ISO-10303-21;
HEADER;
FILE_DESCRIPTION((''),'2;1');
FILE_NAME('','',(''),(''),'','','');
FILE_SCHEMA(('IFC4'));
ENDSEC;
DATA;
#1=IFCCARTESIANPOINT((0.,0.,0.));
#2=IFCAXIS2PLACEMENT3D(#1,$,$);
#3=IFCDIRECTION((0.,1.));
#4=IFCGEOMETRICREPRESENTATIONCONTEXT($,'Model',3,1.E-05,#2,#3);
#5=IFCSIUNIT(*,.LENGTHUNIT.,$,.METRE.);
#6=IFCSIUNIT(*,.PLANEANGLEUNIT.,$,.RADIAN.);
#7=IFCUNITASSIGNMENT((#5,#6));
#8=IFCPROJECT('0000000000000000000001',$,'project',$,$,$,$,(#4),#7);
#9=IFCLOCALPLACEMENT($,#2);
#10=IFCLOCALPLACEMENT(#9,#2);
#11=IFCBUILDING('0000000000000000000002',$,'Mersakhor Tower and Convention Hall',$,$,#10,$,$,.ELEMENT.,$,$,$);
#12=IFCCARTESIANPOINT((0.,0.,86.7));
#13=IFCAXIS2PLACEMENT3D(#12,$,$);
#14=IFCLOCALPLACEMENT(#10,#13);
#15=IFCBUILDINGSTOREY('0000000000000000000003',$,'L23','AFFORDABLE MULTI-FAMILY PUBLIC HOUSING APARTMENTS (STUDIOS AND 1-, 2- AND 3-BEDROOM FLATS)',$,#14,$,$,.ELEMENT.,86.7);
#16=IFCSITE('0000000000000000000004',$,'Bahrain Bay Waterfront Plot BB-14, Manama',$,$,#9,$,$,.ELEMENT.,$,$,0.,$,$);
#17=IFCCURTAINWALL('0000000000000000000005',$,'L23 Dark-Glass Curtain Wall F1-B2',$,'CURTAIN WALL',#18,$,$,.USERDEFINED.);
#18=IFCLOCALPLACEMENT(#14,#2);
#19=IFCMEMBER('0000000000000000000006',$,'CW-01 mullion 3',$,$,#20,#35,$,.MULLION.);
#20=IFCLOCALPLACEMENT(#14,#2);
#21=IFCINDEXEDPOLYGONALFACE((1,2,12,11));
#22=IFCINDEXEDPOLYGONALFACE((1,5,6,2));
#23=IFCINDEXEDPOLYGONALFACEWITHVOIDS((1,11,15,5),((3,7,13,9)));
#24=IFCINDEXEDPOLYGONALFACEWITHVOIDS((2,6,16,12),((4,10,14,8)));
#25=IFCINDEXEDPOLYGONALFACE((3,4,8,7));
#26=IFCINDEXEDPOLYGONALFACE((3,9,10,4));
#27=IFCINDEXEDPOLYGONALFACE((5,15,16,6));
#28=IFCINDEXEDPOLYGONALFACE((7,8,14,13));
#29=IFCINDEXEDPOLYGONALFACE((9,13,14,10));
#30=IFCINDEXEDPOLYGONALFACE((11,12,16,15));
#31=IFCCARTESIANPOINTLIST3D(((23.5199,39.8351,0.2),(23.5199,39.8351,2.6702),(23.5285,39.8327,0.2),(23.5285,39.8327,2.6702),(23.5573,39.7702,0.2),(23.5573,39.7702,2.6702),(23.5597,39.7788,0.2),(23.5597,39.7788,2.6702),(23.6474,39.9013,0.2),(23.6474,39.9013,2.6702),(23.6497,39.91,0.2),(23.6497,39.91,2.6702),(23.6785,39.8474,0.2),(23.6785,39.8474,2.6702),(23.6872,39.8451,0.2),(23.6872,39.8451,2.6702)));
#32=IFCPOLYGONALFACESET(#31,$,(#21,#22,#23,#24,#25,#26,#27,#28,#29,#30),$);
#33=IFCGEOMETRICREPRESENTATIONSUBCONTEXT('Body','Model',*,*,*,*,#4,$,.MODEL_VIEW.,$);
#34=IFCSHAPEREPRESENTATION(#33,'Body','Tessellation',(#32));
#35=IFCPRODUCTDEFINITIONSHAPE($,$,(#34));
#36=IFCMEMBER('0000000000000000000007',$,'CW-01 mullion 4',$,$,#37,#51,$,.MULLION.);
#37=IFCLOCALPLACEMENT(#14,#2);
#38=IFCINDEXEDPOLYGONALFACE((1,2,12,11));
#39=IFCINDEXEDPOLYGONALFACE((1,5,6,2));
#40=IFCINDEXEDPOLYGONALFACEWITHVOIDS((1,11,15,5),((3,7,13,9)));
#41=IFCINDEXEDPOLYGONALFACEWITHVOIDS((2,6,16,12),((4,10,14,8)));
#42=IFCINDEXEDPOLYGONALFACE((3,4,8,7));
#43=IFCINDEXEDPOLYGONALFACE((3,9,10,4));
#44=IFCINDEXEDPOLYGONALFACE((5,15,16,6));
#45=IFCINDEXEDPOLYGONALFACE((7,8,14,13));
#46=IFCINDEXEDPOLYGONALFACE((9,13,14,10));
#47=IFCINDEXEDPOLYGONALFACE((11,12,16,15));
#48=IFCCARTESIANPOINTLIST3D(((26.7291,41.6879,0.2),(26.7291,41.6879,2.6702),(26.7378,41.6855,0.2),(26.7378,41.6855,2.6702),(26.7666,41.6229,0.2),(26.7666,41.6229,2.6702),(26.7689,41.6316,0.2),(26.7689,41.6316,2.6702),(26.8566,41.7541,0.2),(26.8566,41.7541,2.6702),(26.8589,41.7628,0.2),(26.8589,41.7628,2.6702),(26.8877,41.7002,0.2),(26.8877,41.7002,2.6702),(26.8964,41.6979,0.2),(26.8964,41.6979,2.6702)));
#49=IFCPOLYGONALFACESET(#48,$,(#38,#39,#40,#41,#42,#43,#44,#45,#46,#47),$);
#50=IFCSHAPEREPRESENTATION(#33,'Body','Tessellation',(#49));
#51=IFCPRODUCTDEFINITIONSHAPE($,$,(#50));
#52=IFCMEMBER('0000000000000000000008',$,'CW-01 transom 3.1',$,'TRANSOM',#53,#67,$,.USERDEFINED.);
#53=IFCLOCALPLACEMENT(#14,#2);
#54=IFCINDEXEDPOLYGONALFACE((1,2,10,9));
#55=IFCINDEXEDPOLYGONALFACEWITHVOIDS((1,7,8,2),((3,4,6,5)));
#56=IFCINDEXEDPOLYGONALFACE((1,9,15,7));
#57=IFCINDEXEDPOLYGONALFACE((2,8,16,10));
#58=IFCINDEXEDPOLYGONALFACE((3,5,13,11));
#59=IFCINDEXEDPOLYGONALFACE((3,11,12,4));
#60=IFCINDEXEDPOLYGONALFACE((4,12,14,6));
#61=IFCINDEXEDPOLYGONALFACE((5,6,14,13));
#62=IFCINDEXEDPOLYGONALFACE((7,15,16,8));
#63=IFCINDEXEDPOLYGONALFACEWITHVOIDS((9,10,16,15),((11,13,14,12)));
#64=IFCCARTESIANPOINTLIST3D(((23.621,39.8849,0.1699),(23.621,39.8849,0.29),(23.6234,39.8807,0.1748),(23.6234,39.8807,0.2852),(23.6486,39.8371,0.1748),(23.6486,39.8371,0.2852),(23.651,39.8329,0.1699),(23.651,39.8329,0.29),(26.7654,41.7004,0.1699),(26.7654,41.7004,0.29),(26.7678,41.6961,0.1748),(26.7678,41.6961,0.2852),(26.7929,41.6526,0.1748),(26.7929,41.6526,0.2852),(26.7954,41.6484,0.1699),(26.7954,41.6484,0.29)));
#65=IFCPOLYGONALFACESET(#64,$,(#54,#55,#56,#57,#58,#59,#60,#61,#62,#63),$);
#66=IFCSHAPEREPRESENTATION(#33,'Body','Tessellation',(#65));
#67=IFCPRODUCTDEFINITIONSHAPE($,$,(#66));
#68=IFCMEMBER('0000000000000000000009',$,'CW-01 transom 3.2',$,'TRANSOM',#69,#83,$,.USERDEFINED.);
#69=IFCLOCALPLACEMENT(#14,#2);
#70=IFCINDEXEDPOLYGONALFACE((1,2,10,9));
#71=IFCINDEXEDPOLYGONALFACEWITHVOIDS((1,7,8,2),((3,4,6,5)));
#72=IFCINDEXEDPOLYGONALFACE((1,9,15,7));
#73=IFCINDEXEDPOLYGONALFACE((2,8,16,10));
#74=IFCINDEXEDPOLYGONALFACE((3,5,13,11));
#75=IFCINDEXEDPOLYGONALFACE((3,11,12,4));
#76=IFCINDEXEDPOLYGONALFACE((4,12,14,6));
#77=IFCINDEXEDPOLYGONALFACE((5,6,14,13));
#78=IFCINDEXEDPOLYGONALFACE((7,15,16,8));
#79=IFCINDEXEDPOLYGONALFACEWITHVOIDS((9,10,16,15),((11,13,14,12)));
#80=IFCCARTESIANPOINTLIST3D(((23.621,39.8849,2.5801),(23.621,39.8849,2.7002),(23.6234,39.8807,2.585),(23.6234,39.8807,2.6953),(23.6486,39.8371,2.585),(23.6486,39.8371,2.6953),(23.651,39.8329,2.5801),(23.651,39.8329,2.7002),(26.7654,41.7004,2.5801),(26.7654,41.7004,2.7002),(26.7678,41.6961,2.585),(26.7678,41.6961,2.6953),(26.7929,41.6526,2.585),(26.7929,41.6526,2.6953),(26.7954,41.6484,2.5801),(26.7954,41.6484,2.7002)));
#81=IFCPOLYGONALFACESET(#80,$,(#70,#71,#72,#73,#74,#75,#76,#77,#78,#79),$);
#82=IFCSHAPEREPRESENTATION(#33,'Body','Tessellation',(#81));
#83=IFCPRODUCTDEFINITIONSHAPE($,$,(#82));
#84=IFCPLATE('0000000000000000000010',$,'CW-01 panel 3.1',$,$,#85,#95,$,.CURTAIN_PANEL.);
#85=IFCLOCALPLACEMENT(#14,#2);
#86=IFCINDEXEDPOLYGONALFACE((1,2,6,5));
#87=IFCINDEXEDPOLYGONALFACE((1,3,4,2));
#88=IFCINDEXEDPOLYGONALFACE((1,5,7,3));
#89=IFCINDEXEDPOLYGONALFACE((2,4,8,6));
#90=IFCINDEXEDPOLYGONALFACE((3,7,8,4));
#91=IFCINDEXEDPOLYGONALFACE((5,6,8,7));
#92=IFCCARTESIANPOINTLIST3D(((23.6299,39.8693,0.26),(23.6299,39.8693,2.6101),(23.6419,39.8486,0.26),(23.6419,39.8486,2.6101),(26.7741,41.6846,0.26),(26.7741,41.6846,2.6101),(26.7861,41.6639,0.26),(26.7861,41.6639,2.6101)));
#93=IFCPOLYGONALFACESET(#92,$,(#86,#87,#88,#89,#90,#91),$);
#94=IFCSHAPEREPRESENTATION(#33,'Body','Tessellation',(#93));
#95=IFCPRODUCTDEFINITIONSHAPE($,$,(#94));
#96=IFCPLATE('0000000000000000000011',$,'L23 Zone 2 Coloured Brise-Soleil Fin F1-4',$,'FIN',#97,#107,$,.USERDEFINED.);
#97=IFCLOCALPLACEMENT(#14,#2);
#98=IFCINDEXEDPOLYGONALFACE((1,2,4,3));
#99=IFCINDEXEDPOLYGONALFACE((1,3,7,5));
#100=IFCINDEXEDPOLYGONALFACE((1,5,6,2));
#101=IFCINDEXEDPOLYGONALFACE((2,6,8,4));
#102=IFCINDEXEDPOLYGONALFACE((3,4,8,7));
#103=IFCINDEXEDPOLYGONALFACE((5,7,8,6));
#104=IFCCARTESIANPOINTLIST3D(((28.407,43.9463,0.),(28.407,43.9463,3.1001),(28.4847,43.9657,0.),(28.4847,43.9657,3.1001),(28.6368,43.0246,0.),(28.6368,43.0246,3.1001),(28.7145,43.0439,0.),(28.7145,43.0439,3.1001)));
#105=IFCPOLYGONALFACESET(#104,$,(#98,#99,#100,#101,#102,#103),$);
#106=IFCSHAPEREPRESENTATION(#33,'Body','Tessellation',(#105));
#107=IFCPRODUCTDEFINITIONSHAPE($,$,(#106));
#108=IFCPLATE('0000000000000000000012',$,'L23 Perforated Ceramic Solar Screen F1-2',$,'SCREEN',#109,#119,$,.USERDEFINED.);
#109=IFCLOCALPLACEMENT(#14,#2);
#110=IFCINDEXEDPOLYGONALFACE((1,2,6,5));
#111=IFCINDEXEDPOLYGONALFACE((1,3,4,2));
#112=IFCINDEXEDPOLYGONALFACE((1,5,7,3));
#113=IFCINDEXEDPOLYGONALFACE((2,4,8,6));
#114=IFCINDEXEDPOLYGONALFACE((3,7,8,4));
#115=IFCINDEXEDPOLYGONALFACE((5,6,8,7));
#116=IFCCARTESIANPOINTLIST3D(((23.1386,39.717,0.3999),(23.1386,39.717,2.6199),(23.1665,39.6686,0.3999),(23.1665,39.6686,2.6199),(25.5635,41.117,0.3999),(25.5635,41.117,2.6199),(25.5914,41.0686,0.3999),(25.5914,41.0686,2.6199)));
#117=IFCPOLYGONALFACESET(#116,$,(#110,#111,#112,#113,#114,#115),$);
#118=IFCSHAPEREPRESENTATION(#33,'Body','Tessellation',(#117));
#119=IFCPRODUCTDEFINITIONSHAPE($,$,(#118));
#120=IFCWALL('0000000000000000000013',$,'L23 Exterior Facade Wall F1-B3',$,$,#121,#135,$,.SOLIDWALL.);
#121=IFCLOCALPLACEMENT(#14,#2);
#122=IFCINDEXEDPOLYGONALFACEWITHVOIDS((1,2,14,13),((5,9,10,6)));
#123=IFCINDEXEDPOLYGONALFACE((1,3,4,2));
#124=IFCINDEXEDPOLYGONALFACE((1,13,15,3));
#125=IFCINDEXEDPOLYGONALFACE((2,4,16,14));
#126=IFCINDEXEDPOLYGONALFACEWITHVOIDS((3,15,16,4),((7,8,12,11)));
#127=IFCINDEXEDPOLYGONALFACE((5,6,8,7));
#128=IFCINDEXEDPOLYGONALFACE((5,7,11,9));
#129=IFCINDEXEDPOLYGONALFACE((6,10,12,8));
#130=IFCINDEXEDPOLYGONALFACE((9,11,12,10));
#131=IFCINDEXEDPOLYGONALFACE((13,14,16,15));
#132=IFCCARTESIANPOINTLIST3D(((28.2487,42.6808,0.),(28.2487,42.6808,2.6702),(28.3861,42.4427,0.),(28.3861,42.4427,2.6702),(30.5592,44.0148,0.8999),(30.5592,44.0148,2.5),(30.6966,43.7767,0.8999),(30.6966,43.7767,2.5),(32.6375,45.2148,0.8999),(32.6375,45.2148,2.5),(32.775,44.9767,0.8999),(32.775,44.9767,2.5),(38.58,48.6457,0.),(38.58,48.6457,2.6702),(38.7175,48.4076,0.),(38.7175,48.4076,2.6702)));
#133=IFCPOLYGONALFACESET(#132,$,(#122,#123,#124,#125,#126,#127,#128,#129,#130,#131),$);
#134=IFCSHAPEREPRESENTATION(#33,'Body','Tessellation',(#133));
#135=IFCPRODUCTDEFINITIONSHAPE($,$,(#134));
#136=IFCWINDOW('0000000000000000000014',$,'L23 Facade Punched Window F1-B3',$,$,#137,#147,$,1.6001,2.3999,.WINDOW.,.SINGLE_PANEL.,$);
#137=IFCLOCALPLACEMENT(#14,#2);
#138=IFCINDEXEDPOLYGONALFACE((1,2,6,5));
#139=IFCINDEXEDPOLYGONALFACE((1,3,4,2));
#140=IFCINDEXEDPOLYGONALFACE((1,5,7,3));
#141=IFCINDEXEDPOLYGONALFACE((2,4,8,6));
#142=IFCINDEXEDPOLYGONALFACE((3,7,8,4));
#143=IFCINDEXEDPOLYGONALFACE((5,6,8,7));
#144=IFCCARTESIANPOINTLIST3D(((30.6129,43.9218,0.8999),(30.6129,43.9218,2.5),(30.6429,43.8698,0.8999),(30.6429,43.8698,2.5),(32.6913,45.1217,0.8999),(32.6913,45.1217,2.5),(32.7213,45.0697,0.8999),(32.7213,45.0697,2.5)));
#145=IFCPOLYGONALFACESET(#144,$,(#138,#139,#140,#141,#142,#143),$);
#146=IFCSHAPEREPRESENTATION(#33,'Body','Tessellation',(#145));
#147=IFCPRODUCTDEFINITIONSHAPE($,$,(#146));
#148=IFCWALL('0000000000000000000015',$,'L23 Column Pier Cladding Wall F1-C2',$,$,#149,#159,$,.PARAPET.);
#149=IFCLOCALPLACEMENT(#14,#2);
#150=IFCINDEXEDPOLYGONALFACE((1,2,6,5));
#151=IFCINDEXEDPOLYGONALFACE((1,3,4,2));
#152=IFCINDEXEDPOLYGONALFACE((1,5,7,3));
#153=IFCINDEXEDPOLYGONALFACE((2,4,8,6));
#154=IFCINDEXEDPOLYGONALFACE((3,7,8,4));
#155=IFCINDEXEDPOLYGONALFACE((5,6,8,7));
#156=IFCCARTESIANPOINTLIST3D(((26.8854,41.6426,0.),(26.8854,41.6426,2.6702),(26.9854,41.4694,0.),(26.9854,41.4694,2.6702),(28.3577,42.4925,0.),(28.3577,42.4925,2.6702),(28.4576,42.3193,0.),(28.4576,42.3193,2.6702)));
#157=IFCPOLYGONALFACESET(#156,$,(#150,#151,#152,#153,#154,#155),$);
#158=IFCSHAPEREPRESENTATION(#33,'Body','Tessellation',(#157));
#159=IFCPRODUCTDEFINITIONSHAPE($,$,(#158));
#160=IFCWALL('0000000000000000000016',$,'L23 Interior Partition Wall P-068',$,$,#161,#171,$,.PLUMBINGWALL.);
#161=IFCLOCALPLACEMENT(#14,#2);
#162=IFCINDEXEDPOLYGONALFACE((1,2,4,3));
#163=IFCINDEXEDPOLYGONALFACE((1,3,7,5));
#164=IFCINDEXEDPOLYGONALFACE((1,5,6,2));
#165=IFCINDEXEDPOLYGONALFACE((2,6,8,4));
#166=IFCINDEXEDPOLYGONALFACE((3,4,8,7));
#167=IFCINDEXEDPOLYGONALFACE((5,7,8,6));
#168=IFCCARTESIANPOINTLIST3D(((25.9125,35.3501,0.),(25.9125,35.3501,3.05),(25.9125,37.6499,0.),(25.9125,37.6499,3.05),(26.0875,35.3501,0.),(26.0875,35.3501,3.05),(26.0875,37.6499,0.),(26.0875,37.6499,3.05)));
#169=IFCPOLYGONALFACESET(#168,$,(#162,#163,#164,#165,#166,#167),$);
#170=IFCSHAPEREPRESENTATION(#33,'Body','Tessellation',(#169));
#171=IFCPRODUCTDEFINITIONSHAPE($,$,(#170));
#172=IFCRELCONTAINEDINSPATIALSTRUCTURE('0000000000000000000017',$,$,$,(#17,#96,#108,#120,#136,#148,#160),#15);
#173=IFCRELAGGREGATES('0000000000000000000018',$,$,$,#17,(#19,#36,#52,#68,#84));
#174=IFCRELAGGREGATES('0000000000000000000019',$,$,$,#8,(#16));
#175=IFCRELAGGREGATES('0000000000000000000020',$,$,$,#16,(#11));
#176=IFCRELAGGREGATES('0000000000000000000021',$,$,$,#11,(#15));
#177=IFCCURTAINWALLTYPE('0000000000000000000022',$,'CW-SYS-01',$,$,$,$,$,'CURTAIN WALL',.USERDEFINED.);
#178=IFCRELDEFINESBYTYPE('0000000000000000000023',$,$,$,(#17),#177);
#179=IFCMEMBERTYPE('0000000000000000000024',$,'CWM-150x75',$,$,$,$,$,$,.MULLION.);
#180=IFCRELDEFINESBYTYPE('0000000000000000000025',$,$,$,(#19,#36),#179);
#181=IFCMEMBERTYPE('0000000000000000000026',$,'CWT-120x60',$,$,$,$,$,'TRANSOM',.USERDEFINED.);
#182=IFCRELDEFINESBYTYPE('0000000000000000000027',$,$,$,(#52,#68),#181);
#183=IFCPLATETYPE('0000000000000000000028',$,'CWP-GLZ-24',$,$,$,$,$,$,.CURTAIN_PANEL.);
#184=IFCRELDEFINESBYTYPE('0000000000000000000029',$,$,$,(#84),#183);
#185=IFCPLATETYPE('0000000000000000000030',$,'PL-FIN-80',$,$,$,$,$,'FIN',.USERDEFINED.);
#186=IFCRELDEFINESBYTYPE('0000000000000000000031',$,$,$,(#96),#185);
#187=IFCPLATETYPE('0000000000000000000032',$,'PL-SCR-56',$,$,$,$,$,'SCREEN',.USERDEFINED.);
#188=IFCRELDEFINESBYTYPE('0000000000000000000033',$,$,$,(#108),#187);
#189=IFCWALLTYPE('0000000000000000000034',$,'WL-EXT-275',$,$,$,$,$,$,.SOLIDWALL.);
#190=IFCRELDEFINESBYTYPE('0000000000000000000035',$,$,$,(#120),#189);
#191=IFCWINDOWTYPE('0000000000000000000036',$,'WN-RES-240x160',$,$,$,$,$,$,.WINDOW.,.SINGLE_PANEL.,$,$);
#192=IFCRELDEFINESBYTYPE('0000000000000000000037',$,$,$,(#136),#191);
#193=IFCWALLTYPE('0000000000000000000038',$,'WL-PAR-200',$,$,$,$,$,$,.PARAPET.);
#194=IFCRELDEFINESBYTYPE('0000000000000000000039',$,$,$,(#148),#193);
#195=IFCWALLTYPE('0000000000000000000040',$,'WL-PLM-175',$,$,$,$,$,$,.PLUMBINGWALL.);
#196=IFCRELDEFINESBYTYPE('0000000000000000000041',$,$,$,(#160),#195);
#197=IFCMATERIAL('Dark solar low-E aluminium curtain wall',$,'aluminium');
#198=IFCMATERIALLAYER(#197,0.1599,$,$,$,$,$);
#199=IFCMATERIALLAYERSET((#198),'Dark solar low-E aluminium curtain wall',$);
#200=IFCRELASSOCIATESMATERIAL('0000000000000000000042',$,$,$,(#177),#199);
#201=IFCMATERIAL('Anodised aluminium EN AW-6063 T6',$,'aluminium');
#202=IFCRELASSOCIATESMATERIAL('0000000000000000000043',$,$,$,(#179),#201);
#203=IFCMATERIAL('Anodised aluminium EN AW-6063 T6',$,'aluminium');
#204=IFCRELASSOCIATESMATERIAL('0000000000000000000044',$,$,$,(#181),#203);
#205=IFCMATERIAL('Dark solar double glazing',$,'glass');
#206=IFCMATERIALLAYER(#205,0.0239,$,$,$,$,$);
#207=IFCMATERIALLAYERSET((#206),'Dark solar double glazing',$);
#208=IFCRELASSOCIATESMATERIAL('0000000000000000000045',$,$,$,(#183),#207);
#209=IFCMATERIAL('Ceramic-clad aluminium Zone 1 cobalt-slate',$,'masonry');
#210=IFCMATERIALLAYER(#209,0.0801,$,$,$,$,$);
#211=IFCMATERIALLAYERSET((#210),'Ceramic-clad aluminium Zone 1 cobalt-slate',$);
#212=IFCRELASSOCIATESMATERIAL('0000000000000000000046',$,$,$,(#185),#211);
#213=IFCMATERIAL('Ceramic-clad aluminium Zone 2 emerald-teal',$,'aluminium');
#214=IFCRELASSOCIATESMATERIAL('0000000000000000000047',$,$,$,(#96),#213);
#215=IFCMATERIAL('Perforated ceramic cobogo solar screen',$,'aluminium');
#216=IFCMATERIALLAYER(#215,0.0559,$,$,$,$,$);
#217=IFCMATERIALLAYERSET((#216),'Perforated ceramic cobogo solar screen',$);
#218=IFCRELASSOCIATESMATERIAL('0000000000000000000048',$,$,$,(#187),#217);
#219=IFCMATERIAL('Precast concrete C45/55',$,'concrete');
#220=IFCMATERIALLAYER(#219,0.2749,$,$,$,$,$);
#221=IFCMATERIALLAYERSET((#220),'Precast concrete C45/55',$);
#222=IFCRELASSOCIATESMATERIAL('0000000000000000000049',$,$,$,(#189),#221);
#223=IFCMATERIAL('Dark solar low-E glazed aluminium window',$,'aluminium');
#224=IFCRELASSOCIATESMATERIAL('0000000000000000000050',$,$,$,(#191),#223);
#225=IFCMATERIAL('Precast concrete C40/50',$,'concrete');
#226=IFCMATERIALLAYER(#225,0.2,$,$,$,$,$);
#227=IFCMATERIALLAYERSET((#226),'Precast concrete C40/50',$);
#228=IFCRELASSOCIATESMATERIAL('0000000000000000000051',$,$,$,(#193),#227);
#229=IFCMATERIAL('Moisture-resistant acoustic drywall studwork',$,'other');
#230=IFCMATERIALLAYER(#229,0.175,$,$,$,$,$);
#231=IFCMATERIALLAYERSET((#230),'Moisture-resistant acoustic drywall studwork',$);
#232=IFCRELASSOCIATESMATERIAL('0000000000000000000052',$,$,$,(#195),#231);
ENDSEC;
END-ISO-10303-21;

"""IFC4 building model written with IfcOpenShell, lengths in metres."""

from ifc_helpers import new_model, si_unit, direction, frame, frame_2d, origin, origin_2d, place, context, subcontext, project, spatial, rectangle, hollow_rectangle, extrude, material, layer, layer_set, material_profile, profile_set, type_object, element, fill, aggregate, save


model = new_model("IFC4")

# Units and contexts
model_context = context("Model", 3, precision=1e-05, world=origin(), true_north=direction((0.0, 1.0)))
body_context = subcontext(model_context, "Body", "Model", "MODEL_VIEW")
ifc_project = project(units=[si_unit("LENGTHUNIT", "METRE"), si_unit("PLANEANGLEUNIT", "RADIAN")], contexts=[model_context])

# Site, building, storey
site_placement = place(None, origin())
site = spatial("IfcSite", under=ifc_project, at=site_placement, Name="Bahrain Bay Waterfront Plot BB-14, Manama", CompositionType="ELEMENT", RefElevation=0.0)
building_placement = place(site_placement, origin())
building = spatial("IfcBuilding", under=site, at=building_placement, Name="Mersakhor Tower and Convention Hall", CompositionType="ELEMENT")
storey_placement = place(building_placement, frame((0.0, 0.0, 86.7)))
storey = spatial("IfcBuildingStorey", under=building, at=storey_placement, Name="L23", Description="AFFORDABLE MULTI-FAMILY PUBLIC HOUSING APARTMENTS (STUDIOS AND 1-, 2- AND 3-BEDROOM FLATS)", CompositionType="ELEMENT", Elevation=86.7)

# Curtain wall, members, plate
ifc_material_1 = material(Name="Dark solar low-E aluminium curtain wall", Category="aluminium")
ifc_layer_1 = layer(ifc_material_1, 0.1599)
ifc_layer_set_1 = layer_set([ifc_layer_1], Name="Dark solar low-E aluminium curtain wall")
curtain_wall_type = type_object("IfcCurtainWallType", Name="CW-SYS-01", ElementType="CURTAIN WALL", PredefinedType="USERDEFINED", material=ifc_layer_set_1)
curtain_wall_placement = place(storey_placement, origin())
curtain_wall = element("IfcCurtainWall", 1, at=curtain_wall_placement, inside=storey, type_object=curtain_wall_type, Name="L23 Dark-Glass Curtain Wall F1-B2", ObjectType="CURTAIN WALL", PredefinedType="USERDEFINED")
ifc_material_2 = material(Name="Anodised aluminium EN AW-6063 T6", Category="aluminium")
ifc_material_profile_1 = material_profile(ifc_material_2, hollow_rectangle(XDim=0.075, YDim=0.1499, WallThickness=0.0063, at=origin_2d()), Name="RHS 150x75x6.3")
ifc_profile_set_1 = profile_set([ifc_material_profile_1], Name="Anodised aluminium EN AW-6063 T6")
member_type_1 = type_object("IfcMemberType", Name="CWM-150x75", PredefinedType="MULLION", material=ifc_profile_set_1)
member_1_placement = place(storey_placement, frame((23.6035, 39.8401, 0.2), z_axis=(0.0, 0.0, 1.0), x_axis=(-0.499998, 0.866027, 0.0)))
member_1 = element("IfcMember", 2, at=member_1_placement, type_object=member_type_1, Name="CW-01 mullion 3", PredefinedType="MULLION", context=body_context, shape_type="SweptSolid", body=[
    extrude(hollow_rectangle(XDim=0.075, YDim=0.1499, WallThickness=0.0063, at=origin_2d()), origin(), (0.0, 0.0, 1.0), 2.4702),
])
member_2_placement = place(storey_placement, frame((26.8127, 41.6929, 0.2), z_axis=(0.0, 0.0, 1.0), x_axis=(-0.499998, 0.866027, 0.0)))
member_2 = element("IfcMember", 3, at=member_2_placement, type_object=member_type_1, Name="CW-01 mullion 4", PredefinedType="MULLION", context=body_context, shape_type="SweptSolid", body=[
    extrude(hollow_rectangle(XDim=0.075, YDim=0.1499, WallThickness=0.0063, at=origin_2d()), origin(), (0.0, 0.0, 1.0), 2.4702),
])
ifc_material_3 = material(Name="Anodised aluminium EN AW-6063 T6", Category="aluminium")
ifc_material_profile_2 = material_profile(ifc_material_3, hollow_rectangle(XDim=0.0601, YDim=0.1201, WallThickness=0.0049, at=origin_2d()), Name="RHS 120x60x5")
ifc_profile_set_2 = profile_set([ifc_material_profile_2], Name="Anodised aluminium EN AW-6063 T6")
member_type_2 = type_object("IfcMemberType", Name="CWT-120x60", ElementType="TRANSOM", PredefinedType="USERDEFINED", material=ifc_profile_set_2)
member_3_placement = place(storey_placement, frame((23.636, 39.8589, 0.23), z_axis=(0.866016, 0.500015, 0.0), x_axis=(-0.500015, 0.866016, 0.0)))
member_3 = element("IfcMember", 4, at=member_3_placement, type_object=member_type_2, Name="CW-01 transom 3.1", ObjectType="TRANSOM", PredefinedType="USERDEFINED", context=body_context, shape_type="SweptSolid", body=[
    extrude(hollow_rectangle(XDim=0.0601, YDim=0.1201, WallThickness=0.0049, at=origin_2d()), origin(), (0.0, 0.0, 1.0), 3.6309),
])
member_4_placement = place(storey_placement, frame((23.636, 39.8589, 2.6401), z_axis=(0.866016, 0.500015, 0.0), x_axis=(-0.500015, 0.866016, 0.0)))
member_4 = element("IfcMember", 5, at=member_4_placement, type_object=member_type_2, Name="CW-01 transom 3.2", ObjectType="TRANSOM", PredefinedType="USERDEFINED", context=body_context, shape_type="SweptSolid", body=[
    extrude(hollow_rectangle(XDim=0.0601, YDim=0.1201, WallThickness=0.0049, at=origin_2d()), origin(), (0.0, 0.0, 1.0), 3.6309),
])
ifc_material_4 = material(Name="Dark solar double glazing", Category="glass")
ifc_layer_2 = layer(ifc_material_4, 0.0239)
ifc_layer_set_2 = layer_set([ifc_layer_2], Name="Dark solar double glazing")
plate_type_1 = type_object("IfcPlateType", Name="CWP-GLZ-24", PredefinedType="CURTAIN_PANEL", material=ifc_layer_set_2)
plate_1_placement = place(storey_placement, frame((25.208, 40.7666, 0.26), z_axis=(0.0, 0.0, 1.0), x_axis=(0.866027, 0.499998, 0.0)))
plate_1 = element("IfcPlate", 6, at=plate_1_placement, type_object=plate_type_1, Name="CW-01 panel 3.1", PredefinedType="CURTAIN_PANEL", context=body_context, shape_type="SweptSolid", body=[
    extrude(rectangle(XDim=3.6306, YDim=0.0239, at=origin_2d()), origin(), (0.0, 0.0, 1.0), 2.3501),
])
aggregate(curtain_wall, [member_1, member_2, member_3, member_4, plate_1])

# Plates
ifc_material_5 = material(Name="Ceramic-clad aluminium Zone 2 emerald-teal", Category="aluminium")
ifc_material_6 = material(Name="Ceramic-clad aluminium Zone 1 cobalt-slate", Category="masonry")
ifc_layer_3 = layer(ifc_material_6, 0.0801)
ifc_layer_set_3 = layer_set([ifc_layer_3], Name="Ceramic-clad aluminium Zone 1 cobalt-slate")
plate_type_2 = type_object("IfcPlateType", Name="PL-FIN-80", ElementType="FIN", PredefinedType="USERDEFINED", material=ifc_layer_set_3)
plate_2_placement = place(storey_placement, frame((28.5608, 43.4951, 0.0), z_axis=(0.0, 0.0, 1.0), x_axis=(-0.241922, 0.970296, 0.0)))
element("IfcPlate", 7, at=plate_2_placement, inside=storey, type_object=plate_type_2, material=ifc_material_5, Name="L23 Zone 2 Coloured Brise-Soleil Fin F1-4", ObjectType="FIN", PredefinedType="USERDEFINED", context=body_context, shape_type="SweptSolid", body=[
    extrude(rectangle(XDim=0.95, YDim=0.0801, at=origin_2d()), origin(), (0.0, 0.0, 1.0), 3.1001),
])
ifc_material_7 = material(Name="Perforated ceramic cobogo solar screen", Category="aluminium")
ifc_layer_4 = layer(ifc_material_7, 0.0559)
ifc_layer_set_4 = layer_set([ifc_layer_4], Name="Perforated ceramic cobogo solar screen")
plate_type_3 = type_object("IfcPlateType", Name="PL-SCR-56", ElementType="SCREEN", PredefinedType="USERDEFINED", material=ifc_layer_set_4)
plate_3_placement = place(storey_placement, frame((24.365, 40.3928, 0.3999), z_axis=(0.0, 0.0, 1.0), x_axis=(0.866025, 0.5, 0.0)))
element("IfcPlate", 8, at=plate_3_placement, inside=storey, type_object=plate_type_3, Name="L23 Perforated Ceramic Solar Screen F1-2", ObjectType="SCREEN", PredefinedType="USERDEFINED", context=body_context, shape_type="SweptSolid", body=[
    extrude(rectangle(XDim=2.8, YDim=0.0559, at=origin_2d()), origin(), (0.0, 0.0, 1.0), 2.22),
])

# Wall, opening, window
ifc_material_8 = material(Name="Precast concrete C45/55", Category="concrete")
ifc_layer_5 = layer(ifc_material_8, 0.2749)
ifc_layer_set_5 = layer_set([ifc_layer_5], Name="Precast concrete C45/55")
wall_type_1 = type_object("IfcWallType", Name="WL-EXT-275", PredefinedType="SOLIDWALL", material=ifc_layer_set_5)
wall_1_placement = place(storey_placement, frame((28.3174, 42.5618, 0.0), z_axis=(0.0, 0.0, 1.0), x_axis=(0.866023, 0.500004, 0.0)))
wall_1 = element("IfcWall", 9, at=wall_1_placement, inside=storey, type_object=wall_type_1, Name="L23 Exterior Facade Wall F1-B3", PredefinedType="SOLIDWALL", context=body_context, shape_type="SweptSolid", body=[
    extrude(rectangle(XDim=11.9297, YDim=0.2749, at=frame_2d((5.9648, 0.0))), origin(), (0.0, 0.0, 1.0), 2.6702),
])
opening_1_placement = place(wall_1_placement, frame((2.668, 0.0, 0.8999)))
opening_1 = element("IfcOpeningElement", 10, at=opening_1_placement, cuts=wall_1, PredefinedType="OPENING", context=body_context, shape_type="SweptSolid", body=[
    extrude(rectangle(XDim=2.3999, YDim=1.6001, at=frame_2d((1.2, 0.8))), frame((0.0, 0.1475, 0.0), z_axis=(0.0, -1.0, 0.0), x_axis=(1.0, 0.0, 0.0)), (0.0, 0.0, 1.0), 0.2949),
])
ifc_material_9 = material(Name="Dark solar low-E glazed aluminium window", Category="aluminium")
window_type = type_object("IfcWindowType", Name="WN-RES-240x160", PartitioningType="SINGLE_PANEL", PredefinedType="WINDOW", material=ifc_material_9)
window_placement = place(opening_1_placement, origin())
window = element("IfcWindow", 11, at=window_placement, inside=storey, type_object=window_type, Name="L23 Facade Punched Window F1-B3", OverallHeight=1.6001, OverallWidth=2.3999, PartitioningType="SINGLE_PANEL", PredefinedType="WINDOW", context=body_context, shape_type="SweptSolid", body=[
    extrude(rectangle(XDim=2.3999, YDim=1.6001, at=frame_2d((1.2, 0.8))), frame((0.0, 0.03, 0.0), z_axis=(0.0, -1.0, 0.0), x_axis=(1.0, 0.0, 0.0)), (0.0, 0.0, 1.0), 0.0601),
])
fill(opening_1, window)

# Walls
ifc_material_10 = material(Name="Precast concrete C40/50", Category="concrete")
ifc_layer_6 = layer(ifc_material_10, 0.2)
ifc_layer_set_6 = layer_set([ifc_layer_6], Name="Precast concrete C40/50")
wall_type_2 = type_object("IfcWallType", Name="WL-PAR-200", PredefinedType="PARAPET", material=ifc_layer_set_6)
wall_2_placement = place(storey_placement, frame((26.9353, 41.5559, 0.0), z_axis=(0.0, 0.0, 1.0), x_axis=(0.866052, 0.499955, 0.0)))
element("IfcWall", 12, at=wall_2_placement, inside=storey, type_object=wall_type_2, Name="L23 Column Pier Cladding Wall F1-C2", PredefinedType="PARAPET", context=body_context, shape_type="SweptSolid", body=[
    extrude(rectangle(XDim=1.7, YDim=0.2, at=frame_2d((0.8501, 0.0))), origin(), (0.0, 0.0, 1.0), 2.6702),
])
ifc_material_11 = material(Name="Moisture-resistant acoustic drywall studwork", Category="other")
ifc_layer_7 = layer(ifc_material_11, 0.175)
ifc_layer_set_7 = layer_set([ifc_layer_7], Name="Moisture-resistant acoustic drywall studwork")
wall_type_3 = type_object("IfcWallType", Name="WL-PLM-175", PredefinedType="PLUMBINGWALL", material=ifc_layer_set_7)
wall_3_placement = place(storey_placement, frame((26.0, 35.3501, 0.0), z_axis=(0.0, 0.0, 1.0), x_axis=(0.0, 1.0, 0.0)))
element("IfcWall", 13, at=wall_3_placement, inside=storey, type_object=wall_type_3, Name="L23 Interior Partition Wall P-068", PredefinedType="PLUMBINGWALL", context=body_context, shape_type="SweptSolid", body=[
    extrude(rectangle(XDim=2.2998, YDim=0.175, at=frame_2d((1.1499, 0.0))), origin(), (0.0, 0.0, 1.0), 3.05),
])

save(model, "model.ifc")
